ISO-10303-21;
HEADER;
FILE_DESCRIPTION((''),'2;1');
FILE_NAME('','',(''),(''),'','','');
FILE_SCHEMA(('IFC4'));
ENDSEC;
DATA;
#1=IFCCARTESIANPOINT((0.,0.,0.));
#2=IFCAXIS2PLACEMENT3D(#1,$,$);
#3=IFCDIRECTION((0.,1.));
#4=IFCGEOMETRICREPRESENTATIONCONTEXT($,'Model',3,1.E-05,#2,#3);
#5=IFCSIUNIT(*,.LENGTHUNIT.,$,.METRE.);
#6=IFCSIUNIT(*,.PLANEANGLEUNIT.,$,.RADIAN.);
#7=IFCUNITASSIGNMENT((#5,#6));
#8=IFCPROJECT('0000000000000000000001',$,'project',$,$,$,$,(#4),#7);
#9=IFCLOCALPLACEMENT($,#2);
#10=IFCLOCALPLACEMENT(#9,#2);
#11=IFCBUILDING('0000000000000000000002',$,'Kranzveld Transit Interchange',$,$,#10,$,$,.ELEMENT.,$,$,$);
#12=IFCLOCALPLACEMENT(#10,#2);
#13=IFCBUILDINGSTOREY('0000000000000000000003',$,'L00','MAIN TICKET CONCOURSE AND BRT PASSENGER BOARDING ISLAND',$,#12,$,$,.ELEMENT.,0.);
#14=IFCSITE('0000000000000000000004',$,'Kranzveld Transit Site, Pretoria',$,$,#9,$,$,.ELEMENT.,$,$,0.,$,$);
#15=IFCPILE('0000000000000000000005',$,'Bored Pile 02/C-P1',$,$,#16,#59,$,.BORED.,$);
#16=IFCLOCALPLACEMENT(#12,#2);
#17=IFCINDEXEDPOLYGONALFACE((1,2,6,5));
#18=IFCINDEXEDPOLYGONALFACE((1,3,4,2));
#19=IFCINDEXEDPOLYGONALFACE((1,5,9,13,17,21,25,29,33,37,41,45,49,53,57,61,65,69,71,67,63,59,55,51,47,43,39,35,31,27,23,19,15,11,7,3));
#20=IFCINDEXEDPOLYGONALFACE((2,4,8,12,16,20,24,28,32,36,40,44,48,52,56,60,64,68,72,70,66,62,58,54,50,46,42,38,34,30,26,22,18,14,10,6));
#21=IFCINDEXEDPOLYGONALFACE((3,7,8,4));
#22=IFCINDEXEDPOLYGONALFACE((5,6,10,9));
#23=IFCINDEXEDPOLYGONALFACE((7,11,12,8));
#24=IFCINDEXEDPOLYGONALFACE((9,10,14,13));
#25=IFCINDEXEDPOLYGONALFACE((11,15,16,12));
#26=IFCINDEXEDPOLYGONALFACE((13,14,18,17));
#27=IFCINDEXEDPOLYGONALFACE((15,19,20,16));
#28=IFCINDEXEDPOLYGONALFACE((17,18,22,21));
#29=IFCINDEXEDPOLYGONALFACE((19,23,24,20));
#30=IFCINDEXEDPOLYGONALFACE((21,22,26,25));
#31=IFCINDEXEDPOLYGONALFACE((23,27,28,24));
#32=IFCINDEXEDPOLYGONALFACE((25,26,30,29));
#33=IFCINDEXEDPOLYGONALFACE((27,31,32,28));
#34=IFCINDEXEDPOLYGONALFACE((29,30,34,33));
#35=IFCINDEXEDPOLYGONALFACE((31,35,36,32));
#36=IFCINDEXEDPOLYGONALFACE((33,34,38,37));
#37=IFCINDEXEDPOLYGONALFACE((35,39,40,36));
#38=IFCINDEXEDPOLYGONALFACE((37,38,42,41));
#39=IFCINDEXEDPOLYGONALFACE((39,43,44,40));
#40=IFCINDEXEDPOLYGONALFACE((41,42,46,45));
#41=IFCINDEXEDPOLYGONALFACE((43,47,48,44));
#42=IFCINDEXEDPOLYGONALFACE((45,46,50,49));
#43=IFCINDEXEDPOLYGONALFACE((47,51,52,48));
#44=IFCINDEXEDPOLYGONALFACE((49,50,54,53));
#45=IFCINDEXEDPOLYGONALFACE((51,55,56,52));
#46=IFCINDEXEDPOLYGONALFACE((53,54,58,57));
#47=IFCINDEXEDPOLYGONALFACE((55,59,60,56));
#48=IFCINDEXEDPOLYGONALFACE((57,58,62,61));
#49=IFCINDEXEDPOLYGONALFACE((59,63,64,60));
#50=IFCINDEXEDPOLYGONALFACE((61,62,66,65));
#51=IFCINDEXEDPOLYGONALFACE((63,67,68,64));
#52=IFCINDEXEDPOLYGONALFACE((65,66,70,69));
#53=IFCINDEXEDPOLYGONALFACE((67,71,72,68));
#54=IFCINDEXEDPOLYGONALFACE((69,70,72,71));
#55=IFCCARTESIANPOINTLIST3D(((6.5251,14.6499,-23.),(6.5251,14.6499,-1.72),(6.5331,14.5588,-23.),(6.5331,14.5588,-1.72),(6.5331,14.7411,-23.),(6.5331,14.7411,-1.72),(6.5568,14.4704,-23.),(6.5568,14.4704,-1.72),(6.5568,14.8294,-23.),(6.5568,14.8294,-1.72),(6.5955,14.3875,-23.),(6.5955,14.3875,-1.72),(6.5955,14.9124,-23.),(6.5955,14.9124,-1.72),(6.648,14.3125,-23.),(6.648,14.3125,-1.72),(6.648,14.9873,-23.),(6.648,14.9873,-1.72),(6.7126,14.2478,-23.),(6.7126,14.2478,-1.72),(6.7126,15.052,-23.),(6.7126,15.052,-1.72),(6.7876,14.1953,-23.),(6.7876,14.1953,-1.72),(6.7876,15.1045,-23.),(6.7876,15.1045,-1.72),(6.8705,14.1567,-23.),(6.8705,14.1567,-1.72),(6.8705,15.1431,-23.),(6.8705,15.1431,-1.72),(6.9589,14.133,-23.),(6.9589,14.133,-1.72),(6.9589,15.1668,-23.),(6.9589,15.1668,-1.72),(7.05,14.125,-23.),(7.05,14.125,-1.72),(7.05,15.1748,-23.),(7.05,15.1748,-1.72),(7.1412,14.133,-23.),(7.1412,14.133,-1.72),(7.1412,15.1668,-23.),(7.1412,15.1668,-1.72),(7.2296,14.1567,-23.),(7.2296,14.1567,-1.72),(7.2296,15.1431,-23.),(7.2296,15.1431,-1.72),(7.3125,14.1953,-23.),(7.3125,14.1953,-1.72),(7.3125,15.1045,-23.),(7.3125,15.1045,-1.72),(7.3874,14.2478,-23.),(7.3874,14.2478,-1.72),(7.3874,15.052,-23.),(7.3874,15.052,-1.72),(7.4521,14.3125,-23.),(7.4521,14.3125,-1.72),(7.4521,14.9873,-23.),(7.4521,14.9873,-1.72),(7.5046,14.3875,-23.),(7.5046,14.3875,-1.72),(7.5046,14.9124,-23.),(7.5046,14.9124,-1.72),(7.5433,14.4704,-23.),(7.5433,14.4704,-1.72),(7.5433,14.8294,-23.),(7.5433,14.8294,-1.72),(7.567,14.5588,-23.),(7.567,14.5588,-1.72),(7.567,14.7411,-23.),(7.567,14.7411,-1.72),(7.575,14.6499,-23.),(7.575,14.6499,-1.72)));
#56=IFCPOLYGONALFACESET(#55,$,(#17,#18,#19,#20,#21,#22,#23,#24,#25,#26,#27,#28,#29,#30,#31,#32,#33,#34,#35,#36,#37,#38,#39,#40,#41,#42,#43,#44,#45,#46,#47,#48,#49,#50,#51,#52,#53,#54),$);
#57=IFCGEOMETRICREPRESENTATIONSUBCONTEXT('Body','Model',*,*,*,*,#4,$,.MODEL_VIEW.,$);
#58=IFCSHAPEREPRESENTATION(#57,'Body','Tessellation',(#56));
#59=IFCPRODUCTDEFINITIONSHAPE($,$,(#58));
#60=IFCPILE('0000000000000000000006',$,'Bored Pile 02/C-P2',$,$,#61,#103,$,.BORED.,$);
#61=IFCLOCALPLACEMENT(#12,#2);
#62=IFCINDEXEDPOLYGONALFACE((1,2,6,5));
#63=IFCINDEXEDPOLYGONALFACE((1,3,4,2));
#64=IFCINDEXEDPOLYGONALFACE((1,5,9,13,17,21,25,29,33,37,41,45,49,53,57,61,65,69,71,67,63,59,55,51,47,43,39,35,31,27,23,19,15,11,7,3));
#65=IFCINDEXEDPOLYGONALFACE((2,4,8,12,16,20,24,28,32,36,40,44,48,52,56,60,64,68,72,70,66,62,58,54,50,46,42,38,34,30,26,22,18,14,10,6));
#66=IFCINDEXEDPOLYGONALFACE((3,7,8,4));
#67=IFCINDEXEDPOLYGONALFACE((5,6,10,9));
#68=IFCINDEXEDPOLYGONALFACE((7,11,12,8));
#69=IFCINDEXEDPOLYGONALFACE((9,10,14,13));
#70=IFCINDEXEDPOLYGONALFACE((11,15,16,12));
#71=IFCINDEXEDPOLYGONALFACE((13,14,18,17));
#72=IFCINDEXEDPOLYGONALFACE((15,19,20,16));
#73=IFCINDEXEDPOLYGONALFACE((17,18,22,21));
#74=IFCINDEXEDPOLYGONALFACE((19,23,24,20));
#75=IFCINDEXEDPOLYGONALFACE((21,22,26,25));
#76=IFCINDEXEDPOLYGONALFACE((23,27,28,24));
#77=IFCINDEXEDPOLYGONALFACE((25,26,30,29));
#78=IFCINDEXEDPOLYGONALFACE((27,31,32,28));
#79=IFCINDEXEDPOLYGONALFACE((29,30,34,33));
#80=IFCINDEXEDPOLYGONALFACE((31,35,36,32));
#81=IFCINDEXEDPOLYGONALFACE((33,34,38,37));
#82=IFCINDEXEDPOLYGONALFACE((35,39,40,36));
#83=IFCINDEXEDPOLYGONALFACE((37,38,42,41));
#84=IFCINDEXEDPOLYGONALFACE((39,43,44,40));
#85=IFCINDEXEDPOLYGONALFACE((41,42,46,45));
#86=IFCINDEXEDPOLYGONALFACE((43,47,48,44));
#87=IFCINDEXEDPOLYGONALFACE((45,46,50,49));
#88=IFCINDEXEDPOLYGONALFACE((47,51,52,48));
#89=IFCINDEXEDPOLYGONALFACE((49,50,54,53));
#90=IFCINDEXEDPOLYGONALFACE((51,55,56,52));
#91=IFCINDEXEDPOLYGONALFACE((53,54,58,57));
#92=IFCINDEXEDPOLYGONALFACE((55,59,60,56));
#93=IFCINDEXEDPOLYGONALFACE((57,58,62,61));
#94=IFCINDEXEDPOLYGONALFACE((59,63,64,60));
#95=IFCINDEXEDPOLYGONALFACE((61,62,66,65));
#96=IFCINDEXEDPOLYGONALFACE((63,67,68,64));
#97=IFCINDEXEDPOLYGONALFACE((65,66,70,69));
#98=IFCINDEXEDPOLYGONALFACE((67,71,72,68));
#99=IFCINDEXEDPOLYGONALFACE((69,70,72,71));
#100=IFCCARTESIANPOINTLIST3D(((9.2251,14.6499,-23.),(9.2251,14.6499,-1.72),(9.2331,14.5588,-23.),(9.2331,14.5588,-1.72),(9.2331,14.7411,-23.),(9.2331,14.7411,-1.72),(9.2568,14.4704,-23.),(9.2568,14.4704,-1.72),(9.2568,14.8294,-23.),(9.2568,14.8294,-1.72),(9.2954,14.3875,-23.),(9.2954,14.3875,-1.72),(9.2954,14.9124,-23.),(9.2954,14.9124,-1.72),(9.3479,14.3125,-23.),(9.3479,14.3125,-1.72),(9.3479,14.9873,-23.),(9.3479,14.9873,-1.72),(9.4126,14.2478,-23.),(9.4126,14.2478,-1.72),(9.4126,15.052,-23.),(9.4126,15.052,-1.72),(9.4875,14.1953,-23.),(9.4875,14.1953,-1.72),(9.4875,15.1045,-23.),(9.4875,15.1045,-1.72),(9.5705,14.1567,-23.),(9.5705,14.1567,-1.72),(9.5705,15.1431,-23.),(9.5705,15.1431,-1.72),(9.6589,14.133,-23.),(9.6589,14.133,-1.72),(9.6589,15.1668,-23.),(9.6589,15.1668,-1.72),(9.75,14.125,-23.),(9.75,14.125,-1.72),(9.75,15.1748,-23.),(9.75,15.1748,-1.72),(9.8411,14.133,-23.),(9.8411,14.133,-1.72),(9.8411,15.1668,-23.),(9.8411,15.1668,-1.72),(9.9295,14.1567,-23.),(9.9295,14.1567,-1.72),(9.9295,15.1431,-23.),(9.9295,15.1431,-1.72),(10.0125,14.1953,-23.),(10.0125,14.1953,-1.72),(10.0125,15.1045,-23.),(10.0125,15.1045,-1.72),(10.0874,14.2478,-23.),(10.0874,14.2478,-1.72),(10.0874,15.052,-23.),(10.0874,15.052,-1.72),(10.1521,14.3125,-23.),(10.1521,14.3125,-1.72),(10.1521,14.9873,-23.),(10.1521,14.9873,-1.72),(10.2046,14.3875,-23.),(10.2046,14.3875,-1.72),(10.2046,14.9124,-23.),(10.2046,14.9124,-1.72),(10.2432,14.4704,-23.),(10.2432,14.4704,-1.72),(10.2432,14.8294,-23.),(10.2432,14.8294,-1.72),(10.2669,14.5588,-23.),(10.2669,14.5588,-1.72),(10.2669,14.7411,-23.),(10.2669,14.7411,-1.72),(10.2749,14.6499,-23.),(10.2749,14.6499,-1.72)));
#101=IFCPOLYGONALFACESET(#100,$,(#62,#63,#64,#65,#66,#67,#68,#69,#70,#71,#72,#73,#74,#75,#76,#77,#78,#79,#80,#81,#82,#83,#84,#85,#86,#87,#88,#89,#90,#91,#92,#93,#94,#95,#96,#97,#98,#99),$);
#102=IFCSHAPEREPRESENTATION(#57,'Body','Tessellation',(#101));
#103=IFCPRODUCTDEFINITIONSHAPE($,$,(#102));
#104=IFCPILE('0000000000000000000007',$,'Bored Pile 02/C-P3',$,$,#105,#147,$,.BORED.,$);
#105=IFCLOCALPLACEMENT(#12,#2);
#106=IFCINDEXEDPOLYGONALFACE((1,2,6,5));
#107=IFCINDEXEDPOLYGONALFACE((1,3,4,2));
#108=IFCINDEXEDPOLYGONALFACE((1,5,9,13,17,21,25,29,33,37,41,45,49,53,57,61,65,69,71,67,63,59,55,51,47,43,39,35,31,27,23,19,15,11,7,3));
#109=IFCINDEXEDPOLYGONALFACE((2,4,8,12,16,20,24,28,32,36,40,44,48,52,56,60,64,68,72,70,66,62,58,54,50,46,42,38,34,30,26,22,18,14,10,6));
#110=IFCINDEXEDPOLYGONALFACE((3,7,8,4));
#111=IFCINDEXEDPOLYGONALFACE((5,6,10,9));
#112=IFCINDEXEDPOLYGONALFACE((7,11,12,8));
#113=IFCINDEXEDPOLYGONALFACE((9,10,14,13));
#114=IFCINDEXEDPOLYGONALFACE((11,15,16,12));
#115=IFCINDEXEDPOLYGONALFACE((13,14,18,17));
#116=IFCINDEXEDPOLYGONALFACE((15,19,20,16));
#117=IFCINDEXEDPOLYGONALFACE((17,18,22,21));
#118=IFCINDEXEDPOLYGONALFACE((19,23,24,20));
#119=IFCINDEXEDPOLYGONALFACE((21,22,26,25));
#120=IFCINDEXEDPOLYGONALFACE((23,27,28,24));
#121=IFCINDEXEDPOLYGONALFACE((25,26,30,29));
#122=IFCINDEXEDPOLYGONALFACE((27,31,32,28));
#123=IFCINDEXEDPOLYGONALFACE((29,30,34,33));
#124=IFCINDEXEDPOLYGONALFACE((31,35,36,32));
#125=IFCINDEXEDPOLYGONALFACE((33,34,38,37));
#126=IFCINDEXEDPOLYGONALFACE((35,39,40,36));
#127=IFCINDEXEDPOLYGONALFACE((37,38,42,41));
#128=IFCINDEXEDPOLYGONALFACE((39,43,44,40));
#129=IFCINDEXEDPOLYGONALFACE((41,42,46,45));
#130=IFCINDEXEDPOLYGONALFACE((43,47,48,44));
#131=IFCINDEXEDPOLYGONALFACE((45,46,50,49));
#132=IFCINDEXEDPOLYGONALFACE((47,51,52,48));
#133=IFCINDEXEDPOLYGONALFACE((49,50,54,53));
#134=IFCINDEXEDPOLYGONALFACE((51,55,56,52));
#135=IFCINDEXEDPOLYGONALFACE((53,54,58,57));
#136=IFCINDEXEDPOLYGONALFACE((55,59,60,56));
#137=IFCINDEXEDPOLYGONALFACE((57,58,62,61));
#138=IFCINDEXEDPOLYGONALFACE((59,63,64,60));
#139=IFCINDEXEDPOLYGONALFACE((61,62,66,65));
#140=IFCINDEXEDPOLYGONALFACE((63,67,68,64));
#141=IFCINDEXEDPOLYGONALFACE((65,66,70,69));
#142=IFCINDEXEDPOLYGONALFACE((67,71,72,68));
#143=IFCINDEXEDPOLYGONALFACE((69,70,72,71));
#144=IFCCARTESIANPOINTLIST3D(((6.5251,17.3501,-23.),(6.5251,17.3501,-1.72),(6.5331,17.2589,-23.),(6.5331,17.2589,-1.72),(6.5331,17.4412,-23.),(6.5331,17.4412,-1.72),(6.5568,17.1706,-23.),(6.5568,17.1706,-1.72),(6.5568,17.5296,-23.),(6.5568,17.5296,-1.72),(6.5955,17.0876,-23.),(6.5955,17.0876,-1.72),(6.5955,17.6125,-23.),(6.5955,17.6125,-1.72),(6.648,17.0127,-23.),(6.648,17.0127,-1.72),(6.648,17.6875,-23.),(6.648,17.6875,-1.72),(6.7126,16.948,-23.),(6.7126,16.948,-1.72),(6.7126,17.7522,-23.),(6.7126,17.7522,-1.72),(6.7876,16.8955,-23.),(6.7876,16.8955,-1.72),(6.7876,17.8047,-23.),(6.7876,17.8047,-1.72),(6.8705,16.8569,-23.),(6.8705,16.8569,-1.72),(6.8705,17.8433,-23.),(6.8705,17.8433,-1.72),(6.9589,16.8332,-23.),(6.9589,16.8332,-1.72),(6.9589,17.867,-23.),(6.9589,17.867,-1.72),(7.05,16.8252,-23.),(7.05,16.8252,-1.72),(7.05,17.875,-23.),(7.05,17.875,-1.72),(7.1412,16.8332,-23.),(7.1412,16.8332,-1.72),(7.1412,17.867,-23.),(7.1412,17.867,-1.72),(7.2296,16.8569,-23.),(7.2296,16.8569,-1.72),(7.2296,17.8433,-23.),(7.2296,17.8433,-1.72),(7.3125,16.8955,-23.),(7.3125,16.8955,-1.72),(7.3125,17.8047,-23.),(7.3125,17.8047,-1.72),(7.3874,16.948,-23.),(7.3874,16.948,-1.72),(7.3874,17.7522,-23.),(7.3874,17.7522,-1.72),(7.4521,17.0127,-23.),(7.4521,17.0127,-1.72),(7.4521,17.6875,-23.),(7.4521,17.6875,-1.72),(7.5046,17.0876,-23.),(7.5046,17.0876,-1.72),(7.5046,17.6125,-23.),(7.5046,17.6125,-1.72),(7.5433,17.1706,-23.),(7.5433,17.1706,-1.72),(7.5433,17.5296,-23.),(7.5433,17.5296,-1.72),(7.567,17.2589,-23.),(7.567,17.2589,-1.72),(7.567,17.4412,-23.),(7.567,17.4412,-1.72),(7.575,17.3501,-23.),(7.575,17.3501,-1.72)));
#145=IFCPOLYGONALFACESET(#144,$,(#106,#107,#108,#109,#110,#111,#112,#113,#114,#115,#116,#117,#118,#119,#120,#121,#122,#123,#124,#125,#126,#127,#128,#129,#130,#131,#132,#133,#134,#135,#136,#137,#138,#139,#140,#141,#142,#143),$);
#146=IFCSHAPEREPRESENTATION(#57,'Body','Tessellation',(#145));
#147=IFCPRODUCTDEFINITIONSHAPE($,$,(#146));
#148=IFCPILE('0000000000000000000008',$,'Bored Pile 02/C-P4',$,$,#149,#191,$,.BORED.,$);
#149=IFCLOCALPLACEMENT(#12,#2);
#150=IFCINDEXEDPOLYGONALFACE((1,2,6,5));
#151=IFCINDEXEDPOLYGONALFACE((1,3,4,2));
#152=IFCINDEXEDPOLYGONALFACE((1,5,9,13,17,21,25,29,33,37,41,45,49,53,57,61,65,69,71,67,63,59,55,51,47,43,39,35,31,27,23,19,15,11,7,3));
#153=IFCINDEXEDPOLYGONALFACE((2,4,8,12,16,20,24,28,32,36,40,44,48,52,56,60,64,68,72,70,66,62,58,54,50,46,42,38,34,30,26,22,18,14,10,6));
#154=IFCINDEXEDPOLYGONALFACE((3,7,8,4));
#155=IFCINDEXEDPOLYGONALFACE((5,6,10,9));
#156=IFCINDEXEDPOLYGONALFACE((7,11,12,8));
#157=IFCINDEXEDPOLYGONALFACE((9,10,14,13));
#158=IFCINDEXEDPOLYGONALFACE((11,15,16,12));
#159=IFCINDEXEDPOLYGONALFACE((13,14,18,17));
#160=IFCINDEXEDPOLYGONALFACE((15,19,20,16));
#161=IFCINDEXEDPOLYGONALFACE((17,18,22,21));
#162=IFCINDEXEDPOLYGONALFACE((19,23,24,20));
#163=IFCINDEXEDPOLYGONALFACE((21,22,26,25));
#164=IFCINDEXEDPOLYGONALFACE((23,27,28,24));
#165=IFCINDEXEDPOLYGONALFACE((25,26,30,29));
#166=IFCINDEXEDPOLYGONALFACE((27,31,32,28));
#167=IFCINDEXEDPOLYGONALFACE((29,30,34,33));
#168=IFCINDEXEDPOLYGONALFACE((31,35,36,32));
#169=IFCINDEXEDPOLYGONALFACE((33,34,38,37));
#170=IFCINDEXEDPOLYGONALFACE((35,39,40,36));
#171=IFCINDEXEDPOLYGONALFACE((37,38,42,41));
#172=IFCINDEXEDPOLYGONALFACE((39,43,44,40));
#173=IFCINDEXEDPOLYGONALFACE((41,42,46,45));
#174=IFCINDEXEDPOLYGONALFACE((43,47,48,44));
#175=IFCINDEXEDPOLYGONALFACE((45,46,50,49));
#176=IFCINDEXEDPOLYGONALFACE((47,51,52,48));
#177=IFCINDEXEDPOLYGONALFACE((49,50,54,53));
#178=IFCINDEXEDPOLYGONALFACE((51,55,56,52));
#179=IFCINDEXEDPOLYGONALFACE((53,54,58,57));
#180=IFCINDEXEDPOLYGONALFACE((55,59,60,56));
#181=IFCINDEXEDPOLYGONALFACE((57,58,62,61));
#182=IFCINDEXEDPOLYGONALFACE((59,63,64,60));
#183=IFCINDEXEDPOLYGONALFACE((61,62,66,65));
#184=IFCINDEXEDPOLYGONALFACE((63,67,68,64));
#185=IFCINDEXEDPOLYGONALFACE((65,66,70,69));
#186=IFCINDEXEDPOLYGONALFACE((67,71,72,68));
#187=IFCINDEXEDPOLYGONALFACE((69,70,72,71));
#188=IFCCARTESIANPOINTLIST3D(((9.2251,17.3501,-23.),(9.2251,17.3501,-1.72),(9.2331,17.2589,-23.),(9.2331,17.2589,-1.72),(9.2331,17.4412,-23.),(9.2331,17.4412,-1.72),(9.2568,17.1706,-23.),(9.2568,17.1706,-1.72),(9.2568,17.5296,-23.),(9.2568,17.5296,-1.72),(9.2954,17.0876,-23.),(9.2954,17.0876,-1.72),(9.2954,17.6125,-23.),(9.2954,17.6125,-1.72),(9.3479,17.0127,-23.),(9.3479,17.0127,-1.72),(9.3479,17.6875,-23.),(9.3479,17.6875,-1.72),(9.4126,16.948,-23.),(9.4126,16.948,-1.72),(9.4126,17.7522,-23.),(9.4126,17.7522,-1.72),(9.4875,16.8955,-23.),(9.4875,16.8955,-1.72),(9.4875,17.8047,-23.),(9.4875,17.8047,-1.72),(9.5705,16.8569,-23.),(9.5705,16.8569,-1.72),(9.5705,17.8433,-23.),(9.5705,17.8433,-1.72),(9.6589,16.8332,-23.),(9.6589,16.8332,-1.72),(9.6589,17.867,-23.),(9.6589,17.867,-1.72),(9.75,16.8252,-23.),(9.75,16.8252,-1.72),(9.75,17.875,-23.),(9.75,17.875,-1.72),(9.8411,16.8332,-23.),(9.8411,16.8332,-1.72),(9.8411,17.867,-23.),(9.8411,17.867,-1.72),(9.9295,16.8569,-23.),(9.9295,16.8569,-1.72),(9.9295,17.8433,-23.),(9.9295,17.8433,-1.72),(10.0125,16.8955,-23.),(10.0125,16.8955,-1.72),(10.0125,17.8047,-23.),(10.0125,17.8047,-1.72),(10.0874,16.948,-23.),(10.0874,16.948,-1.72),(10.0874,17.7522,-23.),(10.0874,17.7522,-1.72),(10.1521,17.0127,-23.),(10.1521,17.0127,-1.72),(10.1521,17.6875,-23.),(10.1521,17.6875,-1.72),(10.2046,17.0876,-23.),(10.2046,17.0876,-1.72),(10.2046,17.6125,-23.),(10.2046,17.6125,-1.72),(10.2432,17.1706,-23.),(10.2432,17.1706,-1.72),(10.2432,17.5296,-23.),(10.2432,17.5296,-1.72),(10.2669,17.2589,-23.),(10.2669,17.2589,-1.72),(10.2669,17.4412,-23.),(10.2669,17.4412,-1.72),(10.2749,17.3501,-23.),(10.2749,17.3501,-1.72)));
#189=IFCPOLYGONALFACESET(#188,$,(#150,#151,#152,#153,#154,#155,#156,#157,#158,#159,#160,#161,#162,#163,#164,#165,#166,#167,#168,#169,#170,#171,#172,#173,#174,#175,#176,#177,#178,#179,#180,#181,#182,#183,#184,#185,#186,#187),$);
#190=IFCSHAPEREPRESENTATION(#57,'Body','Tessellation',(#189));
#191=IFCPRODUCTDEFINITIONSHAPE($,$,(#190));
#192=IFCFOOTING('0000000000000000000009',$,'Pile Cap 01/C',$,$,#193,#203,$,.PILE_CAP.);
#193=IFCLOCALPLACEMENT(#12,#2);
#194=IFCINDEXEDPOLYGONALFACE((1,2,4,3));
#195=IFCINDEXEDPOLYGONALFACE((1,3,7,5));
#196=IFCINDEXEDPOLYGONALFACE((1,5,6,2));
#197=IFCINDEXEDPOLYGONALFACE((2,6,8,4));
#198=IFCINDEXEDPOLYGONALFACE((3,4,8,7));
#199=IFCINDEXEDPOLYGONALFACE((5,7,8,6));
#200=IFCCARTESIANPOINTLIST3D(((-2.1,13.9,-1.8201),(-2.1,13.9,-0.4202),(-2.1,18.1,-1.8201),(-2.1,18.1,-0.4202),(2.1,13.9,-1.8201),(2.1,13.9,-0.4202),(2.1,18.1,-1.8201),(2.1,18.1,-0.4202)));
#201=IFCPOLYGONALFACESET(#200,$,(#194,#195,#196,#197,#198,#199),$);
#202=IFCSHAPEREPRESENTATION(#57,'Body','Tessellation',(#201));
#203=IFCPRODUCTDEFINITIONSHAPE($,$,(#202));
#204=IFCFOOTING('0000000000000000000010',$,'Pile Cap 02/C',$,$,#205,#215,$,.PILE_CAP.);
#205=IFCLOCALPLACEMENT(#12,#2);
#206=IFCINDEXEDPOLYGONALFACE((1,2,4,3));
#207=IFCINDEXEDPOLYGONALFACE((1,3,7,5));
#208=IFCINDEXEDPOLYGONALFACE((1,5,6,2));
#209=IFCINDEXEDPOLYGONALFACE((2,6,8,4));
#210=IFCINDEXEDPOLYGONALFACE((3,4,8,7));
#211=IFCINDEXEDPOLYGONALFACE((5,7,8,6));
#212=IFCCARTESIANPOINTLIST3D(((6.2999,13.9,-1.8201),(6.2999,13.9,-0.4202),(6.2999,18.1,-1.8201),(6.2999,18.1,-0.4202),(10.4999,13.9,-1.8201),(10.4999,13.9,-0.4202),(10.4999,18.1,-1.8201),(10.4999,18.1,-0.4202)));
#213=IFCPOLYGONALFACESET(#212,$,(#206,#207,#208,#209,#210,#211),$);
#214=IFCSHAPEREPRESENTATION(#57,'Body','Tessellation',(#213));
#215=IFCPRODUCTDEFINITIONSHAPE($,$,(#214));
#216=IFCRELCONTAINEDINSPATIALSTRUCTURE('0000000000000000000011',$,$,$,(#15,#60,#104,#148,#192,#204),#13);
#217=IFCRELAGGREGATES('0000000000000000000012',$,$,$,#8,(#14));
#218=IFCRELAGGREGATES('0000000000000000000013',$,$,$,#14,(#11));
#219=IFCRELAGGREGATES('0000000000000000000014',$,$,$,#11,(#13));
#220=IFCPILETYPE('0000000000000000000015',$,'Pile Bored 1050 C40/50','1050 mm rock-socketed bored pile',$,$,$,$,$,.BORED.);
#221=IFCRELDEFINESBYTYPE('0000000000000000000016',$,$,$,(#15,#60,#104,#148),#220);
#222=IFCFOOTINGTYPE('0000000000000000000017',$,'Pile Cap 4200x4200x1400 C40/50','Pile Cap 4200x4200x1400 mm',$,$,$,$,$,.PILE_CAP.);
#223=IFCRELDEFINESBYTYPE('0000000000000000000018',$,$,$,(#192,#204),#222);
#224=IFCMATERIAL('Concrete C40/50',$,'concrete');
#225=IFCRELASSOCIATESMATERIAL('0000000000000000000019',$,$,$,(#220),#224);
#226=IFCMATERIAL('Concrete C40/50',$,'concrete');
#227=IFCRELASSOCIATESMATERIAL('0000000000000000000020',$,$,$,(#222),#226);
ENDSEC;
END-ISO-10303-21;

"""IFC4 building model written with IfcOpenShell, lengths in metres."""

from ifc_helpers import new_model, si_unit, direction, frame, origin, origin_2d, place, context, subcontext, project, spatial, rectangle, circle, extrude, material, material_profile, profile_set, type_object, element, save


model = new_model("IFC4")

# Units and contexts
model_context = context("Model", 3, precision=1e-05, world=origin(), true_north=direction((0.0, 1.0)))
body_context = subcontext(model_context, "Body", "Model", "MODEL_VIEW")
ifc_project = project(units=[si_unit("LENGTHUNIT", "METRE"), si_unit("PLANEANGLEUNIT", "RADIAN")], contexts=[model_context])

# Site, building, storey
site_placement = place(None, origin())
site = spatial("IfcSite", under=ifc_project, at=site_placement, Name="Kranzveld Transit Site, Pretoria", CompositionType="ELEMENT", RefElevation=0.0)
building_placement = place(site_placement, origin())
building = spatial("IfcBuilding", under=site, at=building_placement, Name="Kranzveld Transit Interchange", CompositionType="ELEMENT")
storey_placement = place(building_placement, origin())
storey = spatial("IfcBuildingStorey", under=building, at=storey_placement, Name="L00", Description="MAIN TICKET CONCOURSE AND BRT PASSENGER BOARDING ISLAND", CompositionType="ELEMENT", Elevation=0.0)

# Piles
ifc_material_1 = material(Name="Concrete C40/50", Category="concrete")
ifc_material_profile_1 = material_profile(ifc_material_1, circle(Radius=0.5249, at=origin_2d()), Name="BORED PILE 1050")
ifc_profile_set_1 = profile_set([ifc_material_profile_1], Name="Concrete C40/50")
pile_type = type_object("IfcPileType", Name="Pile Bored 1050 C40/50", Description="1050 mm rock-socketed bored pile", PredefinedType="BORED", material=ifc_profile_set_1)
for number, where, z_axis, x_axis, name in (
    (1, (7.05, 14.6499, -1.72), (0.0, 0.0, -1.0), (1.0, 0.0, 0.0), "Bored Pile 02/C-P1"),
    (2, (9.75, 14.6499, -1.72), (0.0, 0.0, -1.0), (1.0, 0.0, 0.0), "Bored Pile 02/C-P2"),
    (3, (7.05, 17.3501, -1.72), (0.0, 0.0, -1.0), (1.0, 0.0, 0.0), "Bored Pile 02/C-P3"),
    (4, (9.75, 17.3501, -1.72), (0.0, 0.0, -1.0), (1.0, 0.0, 0.0), "Bored Pile 02/C-P4"),
):
    element("IfcPile", number, at=place(storey_placement, frame(where, z_axis=z_axis, x_axis=x_axis)), inside=storey, type_object=pile_type, Name=name, PredefinedType="BORED", context=body_context, shape_type="SweptSolid", body=[
        extrude(circle(Radius=0.5249, at=origin_2d()), origin(), (0.0, 0.0, 1.0), 21.28),
    ])

# Footings
ifc_material_2 = material(Name="Concrete C40/50", Category="concrete")
footing_type_1 = type_object("IfcFootingType", Name="Pile Cap 4200x4200x1400 C40/50", Description="Pile Cap 4200x4200x1400 mm", PredefinedType="PILE_CAP", material=ifc_material_2)
for number, where, z_axis, x_axis, name in (
    (5, (0.0, 16.0, -1.8201), (0.0, 0.0, 1.0), (1.0, 0.0, 0.0), "Pile Cap 01/C"),
    (6, (8.3999, 16.0, -1.8201), (0.0, 0.0, 1.0), (1.0, 0.0, 0.0), "Pile Cap 02/C"),
):
    element("IfcFooting", number, at=place(storey_placement, frame(where, z_axis=z_axis, x_axis=x_axis)), inside=storey, type_object=footing_type_1, Name=name, PredefinedType="PILE_CAP", context=body_context, shape_type="SweptSolid", body=[
        extrude(rectangle(XDim=4.2, YDim=4.2, at=origin_2d()), origin(), (0.0, 0.0, 1.0), 1.3999),
    ])

save(model, "model.ifc")
